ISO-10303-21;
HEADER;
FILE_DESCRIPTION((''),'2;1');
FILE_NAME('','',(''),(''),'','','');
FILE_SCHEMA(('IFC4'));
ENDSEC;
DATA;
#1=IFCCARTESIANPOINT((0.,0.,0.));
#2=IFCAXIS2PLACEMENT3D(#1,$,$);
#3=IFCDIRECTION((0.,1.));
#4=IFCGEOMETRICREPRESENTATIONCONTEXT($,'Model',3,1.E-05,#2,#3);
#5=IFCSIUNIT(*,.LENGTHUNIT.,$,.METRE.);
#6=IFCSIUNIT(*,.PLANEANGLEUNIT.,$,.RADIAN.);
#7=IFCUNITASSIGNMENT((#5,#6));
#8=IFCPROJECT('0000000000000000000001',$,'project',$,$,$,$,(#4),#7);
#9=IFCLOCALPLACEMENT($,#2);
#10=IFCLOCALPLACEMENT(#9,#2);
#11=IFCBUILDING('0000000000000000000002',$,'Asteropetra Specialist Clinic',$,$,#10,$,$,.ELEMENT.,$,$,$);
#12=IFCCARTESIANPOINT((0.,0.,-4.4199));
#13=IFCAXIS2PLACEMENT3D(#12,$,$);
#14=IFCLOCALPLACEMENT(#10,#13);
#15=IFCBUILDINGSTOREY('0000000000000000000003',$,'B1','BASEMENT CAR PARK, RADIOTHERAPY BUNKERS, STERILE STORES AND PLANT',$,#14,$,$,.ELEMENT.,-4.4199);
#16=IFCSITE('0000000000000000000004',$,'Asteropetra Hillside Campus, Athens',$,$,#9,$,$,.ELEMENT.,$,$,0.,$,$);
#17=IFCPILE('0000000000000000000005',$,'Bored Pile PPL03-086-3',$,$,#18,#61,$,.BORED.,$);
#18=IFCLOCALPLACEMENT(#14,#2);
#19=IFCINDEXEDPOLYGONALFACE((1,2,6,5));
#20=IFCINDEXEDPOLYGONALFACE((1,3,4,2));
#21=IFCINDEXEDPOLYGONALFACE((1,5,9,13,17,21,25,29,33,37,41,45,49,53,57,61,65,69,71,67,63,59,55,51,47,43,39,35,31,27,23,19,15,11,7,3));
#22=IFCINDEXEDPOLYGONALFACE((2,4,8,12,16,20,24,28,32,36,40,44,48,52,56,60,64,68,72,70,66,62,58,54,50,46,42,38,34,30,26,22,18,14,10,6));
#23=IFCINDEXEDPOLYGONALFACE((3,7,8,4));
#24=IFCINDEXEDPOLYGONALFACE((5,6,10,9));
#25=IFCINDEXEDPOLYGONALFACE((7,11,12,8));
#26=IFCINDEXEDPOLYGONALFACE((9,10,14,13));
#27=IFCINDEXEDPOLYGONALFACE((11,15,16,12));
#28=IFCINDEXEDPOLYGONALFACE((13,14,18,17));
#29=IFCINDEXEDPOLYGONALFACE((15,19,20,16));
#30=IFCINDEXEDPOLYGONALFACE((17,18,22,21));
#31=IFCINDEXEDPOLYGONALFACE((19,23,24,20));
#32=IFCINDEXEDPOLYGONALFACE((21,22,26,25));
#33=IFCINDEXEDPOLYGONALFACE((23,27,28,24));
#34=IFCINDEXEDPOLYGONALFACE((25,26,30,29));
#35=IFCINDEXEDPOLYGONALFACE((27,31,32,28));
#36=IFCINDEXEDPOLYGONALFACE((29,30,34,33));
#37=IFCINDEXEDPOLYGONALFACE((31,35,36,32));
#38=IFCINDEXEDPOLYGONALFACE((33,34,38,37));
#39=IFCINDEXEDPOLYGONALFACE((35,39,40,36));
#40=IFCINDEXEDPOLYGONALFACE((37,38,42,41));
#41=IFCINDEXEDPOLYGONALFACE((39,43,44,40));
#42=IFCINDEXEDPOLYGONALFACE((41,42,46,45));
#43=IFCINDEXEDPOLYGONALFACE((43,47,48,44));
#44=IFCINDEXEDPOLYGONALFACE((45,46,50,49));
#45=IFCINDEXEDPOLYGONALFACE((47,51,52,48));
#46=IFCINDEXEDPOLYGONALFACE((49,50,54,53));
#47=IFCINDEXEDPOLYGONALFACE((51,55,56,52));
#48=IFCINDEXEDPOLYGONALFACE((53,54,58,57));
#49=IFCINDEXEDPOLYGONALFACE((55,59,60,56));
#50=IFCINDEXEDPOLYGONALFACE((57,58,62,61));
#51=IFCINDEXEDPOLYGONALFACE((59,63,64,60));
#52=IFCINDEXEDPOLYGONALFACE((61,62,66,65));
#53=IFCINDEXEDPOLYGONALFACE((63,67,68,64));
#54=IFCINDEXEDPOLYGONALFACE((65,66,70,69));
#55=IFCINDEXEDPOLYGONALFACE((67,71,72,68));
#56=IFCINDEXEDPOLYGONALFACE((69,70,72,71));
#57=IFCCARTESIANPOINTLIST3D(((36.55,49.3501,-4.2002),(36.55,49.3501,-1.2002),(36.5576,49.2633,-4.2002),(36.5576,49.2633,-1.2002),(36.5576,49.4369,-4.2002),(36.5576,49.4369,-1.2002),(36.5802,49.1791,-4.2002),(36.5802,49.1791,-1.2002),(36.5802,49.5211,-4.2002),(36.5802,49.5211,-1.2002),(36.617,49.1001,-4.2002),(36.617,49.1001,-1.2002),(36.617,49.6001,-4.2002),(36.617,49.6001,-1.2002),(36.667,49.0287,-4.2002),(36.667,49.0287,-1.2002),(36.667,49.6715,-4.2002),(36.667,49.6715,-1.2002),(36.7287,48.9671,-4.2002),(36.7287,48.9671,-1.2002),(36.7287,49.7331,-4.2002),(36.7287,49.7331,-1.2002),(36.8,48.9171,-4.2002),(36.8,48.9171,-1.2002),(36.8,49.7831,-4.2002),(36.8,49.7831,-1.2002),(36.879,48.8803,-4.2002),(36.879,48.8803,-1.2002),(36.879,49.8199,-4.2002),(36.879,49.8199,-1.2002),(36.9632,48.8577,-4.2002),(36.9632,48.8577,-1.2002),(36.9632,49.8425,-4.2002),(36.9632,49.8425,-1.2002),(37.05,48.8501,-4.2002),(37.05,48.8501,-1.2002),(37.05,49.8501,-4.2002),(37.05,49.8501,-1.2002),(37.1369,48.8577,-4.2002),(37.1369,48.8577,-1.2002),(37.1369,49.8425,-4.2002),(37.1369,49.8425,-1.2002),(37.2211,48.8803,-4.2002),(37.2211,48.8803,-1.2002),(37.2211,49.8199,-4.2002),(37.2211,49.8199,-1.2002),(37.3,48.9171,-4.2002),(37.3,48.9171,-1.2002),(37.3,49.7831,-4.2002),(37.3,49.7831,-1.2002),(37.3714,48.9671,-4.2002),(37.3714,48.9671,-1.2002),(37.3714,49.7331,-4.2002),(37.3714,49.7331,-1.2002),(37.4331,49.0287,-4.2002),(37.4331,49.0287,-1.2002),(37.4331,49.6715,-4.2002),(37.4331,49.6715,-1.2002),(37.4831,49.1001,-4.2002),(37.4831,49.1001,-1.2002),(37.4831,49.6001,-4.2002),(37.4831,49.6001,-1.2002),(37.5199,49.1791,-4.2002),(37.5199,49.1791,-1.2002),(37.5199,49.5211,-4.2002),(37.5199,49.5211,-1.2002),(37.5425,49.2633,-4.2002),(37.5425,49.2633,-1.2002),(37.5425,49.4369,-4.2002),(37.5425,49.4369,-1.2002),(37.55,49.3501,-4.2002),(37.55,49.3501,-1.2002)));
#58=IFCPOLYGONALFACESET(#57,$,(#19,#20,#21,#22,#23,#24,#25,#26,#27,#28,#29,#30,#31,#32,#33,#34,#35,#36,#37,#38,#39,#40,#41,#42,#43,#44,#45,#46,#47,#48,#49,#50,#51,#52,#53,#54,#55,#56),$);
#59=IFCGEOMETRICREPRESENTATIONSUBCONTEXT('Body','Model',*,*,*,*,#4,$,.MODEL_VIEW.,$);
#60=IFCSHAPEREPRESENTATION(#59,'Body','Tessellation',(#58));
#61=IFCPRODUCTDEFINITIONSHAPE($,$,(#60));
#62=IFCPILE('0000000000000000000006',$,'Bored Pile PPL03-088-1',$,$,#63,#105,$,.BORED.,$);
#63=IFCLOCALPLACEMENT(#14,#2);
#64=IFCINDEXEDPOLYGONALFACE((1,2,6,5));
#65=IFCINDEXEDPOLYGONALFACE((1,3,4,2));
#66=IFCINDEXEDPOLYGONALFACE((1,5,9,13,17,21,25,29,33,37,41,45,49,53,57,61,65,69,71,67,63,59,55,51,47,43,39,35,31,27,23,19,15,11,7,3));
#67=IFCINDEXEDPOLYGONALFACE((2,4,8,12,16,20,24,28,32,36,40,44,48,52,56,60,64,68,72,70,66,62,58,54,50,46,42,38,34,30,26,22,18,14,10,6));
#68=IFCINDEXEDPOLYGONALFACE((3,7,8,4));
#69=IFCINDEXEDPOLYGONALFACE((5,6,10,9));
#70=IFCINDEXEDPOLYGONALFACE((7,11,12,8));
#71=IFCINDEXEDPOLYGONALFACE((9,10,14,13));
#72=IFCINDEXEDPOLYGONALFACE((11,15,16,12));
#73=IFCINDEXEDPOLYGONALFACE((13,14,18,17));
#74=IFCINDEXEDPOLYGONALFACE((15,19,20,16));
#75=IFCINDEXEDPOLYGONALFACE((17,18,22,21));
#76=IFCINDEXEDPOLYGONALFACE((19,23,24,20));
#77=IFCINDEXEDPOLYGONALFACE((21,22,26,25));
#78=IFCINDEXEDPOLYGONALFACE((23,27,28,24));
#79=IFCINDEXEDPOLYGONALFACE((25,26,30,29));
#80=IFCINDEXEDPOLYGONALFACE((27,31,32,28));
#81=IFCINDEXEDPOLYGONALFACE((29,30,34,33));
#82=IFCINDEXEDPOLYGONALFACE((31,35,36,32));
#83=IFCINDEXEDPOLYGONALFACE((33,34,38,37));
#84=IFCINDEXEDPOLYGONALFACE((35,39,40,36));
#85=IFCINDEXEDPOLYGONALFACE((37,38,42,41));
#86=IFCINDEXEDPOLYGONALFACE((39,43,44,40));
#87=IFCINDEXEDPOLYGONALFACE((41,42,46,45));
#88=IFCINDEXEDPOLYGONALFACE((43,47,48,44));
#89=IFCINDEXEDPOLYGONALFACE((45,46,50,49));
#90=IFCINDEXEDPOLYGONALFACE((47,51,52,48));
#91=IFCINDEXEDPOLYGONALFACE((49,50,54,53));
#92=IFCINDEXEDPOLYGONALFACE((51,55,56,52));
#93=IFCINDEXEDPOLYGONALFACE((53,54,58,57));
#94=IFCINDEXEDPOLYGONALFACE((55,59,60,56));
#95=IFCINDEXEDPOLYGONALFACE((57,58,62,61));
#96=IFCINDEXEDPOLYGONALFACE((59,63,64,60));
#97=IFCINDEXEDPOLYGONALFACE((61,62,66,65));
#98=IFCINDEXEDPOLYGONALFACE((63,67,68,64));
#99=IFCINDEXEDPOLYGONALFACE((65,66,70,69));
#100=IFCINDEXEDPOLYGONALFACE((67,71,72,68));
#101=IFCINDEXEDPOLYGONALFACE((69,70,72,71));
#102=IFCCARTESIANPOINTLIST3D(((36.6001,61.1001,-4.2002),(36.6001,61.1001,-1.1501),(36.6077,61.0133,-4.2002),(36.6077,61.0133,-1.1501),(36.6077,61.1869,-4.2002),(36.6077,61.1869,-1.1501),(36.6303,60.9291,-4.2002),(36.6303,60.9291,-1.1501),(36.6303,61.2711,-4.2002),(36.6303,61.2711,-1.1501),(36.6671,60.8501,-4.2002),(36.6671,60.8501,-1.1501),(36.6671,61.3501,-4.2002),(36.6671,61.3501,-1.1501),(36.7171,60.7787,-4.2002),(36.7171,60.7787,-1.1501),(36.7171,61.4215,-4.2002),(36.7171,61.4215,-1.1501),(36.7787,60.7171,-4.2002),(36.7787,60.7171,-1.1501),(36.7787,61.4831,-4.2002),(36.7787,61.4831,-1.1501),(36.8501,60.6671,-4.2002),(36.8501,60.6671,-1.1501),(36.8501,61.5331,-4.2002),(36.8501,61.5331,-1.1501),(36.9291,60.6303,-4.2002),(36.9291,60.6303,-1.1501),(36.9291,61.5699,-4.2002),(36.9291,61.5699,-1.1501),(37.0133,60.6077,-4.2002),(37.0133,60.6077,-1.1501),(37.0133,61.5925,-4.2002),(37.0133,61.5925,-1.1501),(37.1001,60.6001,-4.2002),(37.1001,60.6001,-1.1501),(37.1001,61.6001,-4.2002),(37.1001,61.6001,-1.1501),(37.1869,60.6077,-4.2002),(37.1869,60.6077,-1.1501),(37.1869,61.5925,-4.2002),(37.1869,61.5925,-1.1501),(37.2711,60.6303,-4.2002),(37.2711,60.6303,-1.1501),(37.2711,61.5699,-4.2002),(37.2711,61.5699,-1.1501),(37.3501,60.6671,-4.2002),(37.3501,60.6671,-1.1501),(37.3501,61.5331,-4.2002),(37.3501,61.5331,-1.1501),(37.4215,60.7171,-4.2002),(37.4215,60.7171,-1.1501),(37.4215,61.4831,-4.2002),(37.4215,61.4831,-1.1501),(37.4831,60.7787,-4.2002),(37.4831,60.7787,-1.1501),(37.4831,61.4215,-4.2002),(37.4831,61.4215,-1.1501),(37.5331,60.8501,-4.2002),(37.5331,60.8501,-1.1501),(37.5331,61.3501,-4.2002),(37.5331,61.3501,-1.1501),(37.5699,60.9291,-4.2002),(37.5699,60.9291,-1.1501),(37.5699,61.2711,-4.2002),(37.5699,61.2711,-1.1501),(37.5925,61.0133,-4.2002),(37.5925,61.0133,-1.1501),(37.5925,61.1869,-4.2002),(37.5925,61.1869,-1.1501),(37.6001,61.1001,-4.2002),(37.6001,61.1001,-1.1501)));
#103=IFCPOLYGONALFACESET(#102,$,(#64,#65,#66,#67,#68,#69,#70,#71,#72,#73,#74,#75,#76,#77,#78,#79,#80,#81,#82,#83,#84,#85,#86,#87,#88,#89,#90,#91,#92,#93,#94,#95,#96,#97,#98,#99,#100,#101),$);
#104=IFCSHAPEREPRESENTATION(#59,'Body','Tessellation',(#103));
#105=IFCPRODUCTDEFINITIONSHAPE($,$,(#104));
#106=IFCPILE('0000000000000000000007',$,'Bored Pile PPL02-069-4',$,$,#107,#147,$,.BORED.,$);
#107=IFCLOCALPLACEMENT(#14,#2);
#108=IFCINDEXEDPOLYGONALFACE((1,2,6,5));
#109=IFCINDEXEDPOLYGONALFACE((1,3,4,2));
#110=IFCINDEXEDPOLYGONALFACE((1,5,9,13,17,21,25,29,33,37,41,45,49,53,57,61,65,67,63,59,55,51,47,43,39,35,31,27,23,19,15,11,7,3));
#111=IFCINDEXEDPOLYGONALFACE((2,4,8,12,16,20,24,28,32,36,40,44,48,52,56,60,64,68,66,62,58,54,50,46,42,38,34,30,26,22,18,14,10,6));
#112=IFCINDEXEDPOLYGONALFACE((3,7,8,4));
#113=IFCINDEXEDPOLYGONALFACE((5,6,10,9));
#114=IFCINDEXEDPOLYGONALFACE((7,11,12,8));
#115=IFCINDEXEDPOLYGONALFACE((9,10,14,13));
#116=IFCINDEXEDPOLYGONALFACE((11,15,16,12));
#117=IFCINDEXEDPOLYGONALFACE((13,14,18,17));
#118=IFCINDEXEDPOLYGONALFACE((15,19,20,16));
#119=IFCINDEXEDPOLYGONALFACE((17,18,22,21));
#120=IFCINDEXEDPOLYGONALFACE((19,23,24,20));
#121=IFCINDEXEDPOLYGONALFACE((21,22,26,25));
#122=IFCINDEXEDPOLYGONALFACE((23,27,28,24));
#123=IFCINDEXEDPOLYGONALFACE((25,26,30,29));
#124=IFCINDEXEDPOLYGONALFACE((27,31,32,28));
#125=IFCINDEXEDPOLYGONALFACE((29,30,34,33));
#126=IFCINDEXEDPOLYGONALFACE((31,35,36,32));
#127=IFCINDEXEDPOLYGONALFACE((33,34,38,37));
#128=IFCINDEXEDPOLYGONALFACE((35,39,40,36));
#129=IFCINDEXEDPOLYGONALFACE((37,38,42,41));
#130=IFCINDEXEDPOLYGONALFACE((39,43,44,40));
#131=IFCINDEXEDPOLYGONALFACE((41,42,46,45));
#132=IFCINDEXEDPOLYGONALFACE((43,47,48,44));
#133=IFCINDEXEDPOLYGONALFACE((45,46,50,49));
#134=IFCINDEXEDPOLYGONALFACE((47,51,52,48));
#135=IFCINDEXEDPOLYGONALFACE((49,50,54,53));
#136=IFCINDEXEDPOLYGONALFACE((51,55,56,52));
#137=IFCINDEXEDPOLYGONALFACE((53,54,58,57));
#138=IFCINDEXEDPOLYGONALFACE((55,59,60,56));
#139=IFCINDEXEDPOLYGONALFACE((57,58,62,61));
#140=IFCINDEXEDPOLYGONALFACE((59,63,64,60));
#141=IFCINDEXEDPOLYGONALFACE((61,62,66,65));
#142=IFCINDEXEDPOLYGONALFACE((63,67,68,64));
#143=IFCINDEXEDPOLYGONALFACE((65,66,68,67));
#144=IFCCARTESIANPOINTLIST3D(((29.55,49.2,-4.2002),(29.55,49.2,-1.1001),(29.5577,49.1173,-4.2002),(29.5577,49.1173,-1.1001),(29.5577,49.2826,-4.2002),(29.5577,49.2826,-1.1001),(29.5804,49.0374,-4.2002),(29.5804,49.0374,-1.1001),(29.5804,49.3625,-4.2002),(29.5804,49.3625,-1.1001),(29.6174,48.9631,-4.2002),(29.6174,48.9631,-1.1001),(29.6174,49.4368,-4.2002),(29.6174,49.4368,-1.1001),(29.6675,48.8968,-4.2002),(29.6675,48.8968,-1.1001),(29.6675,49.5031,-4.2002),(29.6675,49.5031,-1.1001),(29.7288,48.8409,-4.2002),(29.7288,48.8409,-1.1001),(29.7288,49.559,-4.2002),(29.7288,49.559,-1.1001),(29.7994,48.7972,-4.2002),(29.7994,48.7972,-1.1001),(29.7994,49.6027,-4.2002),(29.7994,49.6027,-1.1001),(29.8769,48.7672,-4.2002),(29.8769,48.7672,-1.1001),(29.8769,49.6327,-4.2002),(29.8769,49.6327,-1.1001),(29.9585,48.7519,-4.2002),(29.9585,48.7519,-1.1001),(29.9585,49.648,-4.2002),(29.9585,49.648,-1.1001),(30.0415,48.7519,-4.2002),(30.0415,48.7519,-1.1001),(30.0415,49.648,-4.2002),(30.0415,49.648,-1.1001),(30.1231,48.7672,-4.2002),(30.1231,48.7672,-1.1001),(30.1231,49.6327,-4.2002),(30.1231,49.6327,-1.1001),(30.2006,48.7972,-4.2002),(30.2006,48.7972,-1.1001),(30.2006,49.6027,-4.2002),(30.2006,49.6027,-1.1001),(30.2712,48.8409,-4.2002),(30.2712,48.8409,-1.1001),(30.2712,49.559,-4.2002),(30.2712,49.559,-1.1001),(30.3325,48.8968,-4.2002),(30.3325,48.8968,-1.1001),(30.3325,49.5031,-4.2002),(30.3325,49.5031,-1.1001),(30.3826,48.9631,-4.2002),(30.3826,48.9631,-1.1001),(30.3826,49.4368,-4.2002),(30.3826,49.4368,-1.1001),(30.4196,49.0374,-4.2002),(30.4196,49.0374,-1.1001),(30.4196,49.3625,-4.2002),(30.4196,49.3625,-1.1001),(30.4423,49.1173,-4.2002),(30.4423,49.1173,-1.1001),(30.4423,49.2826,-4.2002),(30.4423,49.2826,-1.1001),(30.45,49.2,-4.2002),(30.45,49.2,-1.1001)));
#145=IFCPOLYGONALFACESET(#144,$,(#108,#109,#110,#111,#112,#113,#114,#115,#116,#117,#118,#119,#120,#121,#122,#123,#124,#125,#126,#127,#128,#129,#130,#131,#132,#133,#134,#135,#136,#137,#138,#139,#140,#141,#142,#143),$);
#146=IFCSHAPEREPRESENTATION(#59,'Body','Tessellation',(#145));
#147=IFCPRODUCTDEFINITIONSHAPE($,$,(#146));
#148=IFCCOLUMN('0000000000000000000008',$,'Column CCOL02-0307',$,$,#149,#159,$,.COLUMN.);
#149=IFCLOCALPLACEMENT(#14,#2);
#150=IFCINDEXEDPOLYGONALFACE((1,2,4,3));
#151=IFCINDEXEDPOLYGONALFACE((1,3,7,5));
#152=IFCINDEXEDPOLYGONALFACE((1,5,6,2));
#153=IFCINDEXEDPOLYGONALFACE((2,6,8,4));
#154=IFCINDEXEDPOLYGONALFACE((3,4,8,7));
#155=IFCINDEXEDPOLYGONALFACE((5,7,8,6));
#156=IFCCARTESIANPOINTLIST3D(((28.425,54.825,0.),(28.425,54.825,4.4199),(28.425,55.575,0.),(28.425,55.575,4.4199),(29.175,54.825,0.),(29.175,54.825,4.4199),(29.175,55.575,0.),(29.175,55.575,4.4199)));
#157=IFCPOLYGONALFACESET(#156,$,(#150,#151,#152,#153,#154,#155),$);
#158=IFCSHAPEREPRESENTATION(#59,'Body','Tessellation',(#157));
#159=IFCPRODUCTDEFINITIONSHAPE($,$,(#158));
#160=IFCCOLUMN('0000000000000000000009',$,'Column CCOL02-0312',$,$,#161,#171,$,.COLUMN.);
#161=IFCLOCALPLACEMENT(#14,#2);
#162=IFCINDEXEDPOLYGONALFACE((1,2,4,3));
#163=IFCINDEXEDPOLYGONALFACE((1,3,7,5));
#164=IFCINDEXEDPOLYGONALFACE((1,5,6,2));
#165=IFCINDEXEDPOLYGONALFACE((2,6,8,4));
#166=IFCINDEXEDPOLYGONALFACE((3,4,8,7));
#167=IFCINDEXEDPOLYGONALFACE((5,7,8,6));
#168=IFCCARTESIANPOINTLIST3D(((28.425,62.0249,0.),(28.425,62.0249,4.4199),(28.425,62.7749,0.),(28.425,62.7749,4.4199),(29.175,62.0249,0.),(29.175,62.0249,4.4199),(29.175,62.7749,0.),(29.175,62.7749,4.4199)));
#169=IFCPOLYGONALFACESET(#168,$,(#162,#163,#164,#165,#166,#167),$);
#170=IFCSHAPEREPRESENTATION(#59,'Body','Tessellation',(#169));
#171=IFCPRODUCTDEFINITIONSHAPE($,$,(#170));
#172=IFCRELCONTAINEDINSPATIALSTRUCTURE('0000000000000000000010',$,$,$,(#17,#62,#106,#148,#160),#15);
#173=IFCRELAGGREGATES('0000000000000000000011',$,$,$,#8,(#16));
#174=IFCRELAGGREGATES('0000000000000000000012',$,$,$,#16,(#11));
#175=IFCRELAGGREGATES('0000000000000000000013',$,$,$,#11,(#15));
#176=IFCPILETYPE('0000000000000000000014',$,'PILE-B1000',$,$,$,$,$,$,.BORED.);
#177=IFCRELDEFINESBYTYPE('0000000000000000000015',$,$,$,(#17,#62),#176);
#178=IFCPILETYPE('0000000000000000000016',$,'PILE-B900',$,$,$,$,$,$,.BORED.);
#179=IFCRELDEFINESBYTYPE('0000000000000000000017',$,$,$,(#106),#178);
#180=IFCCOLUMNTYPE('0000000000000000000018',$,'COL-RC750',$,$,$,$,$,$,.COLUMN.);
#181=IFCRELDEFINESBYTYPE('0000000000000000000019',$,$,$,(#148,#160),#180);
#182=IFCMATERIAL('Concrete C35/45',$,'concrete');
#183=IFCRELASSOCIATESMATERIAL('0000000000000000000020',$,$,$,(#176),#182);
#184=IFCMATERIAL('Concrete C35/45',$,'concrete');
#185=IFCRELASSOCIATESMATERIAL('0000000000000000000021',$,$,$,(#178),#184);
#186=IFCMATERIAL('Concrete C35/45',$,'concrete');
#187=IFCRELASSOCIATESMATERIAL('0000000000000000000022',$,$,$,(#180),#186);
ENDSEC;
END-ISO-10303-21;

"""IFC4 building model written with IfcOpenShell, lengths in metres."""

from ifc_helpers import new_model, si_unit, direction, frame, origin, origin_2d, place, context, subcontext, project, spatial, rectangle, circle, extrude, material, material_profile, profile_set, type_object, element, save


model = new_model("IFC4")

# Units and contexts
model_context = context("Model", 3, precision=1e-05, world=origin(), true_north=direction((0.0, 1.0)))
body_context = subcontext(model_context, "Body", "Model", "MODEL_VIEW")
ifc_project = project(units=[si_unit("LENGTHUNIT", "METRE"), si_unit("PLANEANGLEUNIT", "RADIAN")], contexts=[model_context])

# Site, building, storey
site_placement = place(None, origin())
site = spatial("IfcSite", under=ifc_project, at=site_placement, Name="Asteropetra Hillside Campus, Athens", CompositionType="ELEMENT", RefElevation=0.0)
building_placement = place(site_placement, origin())
building = spatial("IfcBuilding", under=site, at=building_placement, Name="Asteropetra Specialist Clinic", CompositionType="ELEMENT")
storey_placement = place(building_placement, frame((0.0, 0.0, -4.4199)))
storey = spatial("IfcBuildingStorey", under=building, at=storey_placement, Name="B1", Description="BASEMENT CAR PARK, RADIOTHERAPY BUNKERS, STERILE STORES AND PLANT", CompositionType="ELEMENT", Elevation=-4.4199)

# Piles
ifc_material_1 = material(Name="Concrete C35/45", Category="concrete")
ifc_material_profile_1 = material_profile(ifc_material_1, circle(Radius=0.5, at=origin_2d()), Name="PILE D1000")
ifc_profile_set_1 = profile_set([ifc_material_profile_1], Name="Concrete C35/45")
pile_type_1 = type_object("IfcPileType", Name="PILE-B1000", PredefinedType="BORED", material=ifc_profile_set_1)
pile_1_placement = place(storey_placement, frame((37.05, 49.3501, -1.2002), z_axis=(0.0, 0.0, -1.0), x_axis=(1.0, 0.0, 0.0)))
element("IfcPile", 1, at=pile_1_placement, inside=storey, type_object=pile_type_1, Name="Bored Pile PPL03-086-3", PredefinedType="BORED", context=body_context, shape_type="SweptSolid", body=[
    extrude(circle(Radius=0.5, at=origin_2d()), origin(), (0.0, 0.0, 1.0), 3.0),
])
pile_2_placement = place(storey_placement, frame((37.1001, 61.1001, -1.1501), z_axis=(0.0, 0.0, -1.0), x_axis=(1.0, 0.0, 0.0)))
element("IfcPile", 2, at=pile_2_placement, inside=storey, type_object=pile_type_1, Name="Bored Pile PPL03-088-1", PredefinedType="BORED", context=body_context, shape_type="SweptSolid", body=[
    extrude(circle(Radius=0.5, at=origin_2d()), origin(), (0.0, 0.0, 1.0), 3.05),
])
ifc_material_2 = material(Name="Concrete C35/45", Category="concrete")
ifc_material_profile_2 = material_profile(ifc_material_2, circle(Radius=0.45, at=origin_2d()), Name="PILE D900")
ifc_profile_set_2 = profile_set([ifc_material_profile_2], Name="Concrete C35/45")
pile_type_2 = type_object("IfcPileType", Name="PILE-B900", PredefinedType="BORED", material=ifc_profile_set_2)
pile_3_placement = place(storey_placement, frame((30.0, 49.2, -1.1001), z_axis=(0.0, 0.0, -1.0), x_axis=(1.0, 0.0, 0.0)))
element("IfcPile", 3, at=pile_3_placement, inside=storey, type_object=pile_type_2, Name="Bored Pile PPL02-069-4", PredefinedType="BORED", context=body_context, shape_type="SweptSolid", body=[
    extrude(circle(Radius=0.45, at=origin_2d()), origin(), (0.0, 0.0, 1.0), 3.1001),
])

# Columns
ifc_material_3 = material(Name="Concrete C35/45", Category="concrete")
ifc_material_profile_3 = material_profile(ifc_material_3, rectangle(XDim=0.75, YDim=0.75, at=origin_2d()), Name="RC 750x750")
ifc_profile_set_3 = profile_set([ifc_material_profile_3], Name="Concrete C35/45")
column_type = type_object("IfcColumnType", Name="COL-RC750", PredefinedType="COLUMN", material=ifc_profile_set_3)
for number, where, z_axis, x_axis, name in (
    (4, (28.8, 55.2, 0.0), (0.0, 0.0, 1.0), (1.0, 0.0, 0.0), "Column CCOL02-0307"),
    (5, (28.8, 62.3999, 0.0), (0.0, 0.0, 1.0), (1.0, 0.0, 0.0), "Column CCOL02-0312"),
):
    element("IfcColumn", number, at=place(storey_placement, frame(where, z_axis=z_axis, x_axis=x_axis)), inside=storey, type_object=column_type, Name=name, PredefinedType="COLUMN", context=body_context, shape_type="SweptSolid", body=[
        extrude(rectangle(XDim=0.75, YDim=0.75, at=origin_2d()), origin(), (0.0, 0.0, 1.0), 4.4199),
    ])

save(model, "model.ifc")
